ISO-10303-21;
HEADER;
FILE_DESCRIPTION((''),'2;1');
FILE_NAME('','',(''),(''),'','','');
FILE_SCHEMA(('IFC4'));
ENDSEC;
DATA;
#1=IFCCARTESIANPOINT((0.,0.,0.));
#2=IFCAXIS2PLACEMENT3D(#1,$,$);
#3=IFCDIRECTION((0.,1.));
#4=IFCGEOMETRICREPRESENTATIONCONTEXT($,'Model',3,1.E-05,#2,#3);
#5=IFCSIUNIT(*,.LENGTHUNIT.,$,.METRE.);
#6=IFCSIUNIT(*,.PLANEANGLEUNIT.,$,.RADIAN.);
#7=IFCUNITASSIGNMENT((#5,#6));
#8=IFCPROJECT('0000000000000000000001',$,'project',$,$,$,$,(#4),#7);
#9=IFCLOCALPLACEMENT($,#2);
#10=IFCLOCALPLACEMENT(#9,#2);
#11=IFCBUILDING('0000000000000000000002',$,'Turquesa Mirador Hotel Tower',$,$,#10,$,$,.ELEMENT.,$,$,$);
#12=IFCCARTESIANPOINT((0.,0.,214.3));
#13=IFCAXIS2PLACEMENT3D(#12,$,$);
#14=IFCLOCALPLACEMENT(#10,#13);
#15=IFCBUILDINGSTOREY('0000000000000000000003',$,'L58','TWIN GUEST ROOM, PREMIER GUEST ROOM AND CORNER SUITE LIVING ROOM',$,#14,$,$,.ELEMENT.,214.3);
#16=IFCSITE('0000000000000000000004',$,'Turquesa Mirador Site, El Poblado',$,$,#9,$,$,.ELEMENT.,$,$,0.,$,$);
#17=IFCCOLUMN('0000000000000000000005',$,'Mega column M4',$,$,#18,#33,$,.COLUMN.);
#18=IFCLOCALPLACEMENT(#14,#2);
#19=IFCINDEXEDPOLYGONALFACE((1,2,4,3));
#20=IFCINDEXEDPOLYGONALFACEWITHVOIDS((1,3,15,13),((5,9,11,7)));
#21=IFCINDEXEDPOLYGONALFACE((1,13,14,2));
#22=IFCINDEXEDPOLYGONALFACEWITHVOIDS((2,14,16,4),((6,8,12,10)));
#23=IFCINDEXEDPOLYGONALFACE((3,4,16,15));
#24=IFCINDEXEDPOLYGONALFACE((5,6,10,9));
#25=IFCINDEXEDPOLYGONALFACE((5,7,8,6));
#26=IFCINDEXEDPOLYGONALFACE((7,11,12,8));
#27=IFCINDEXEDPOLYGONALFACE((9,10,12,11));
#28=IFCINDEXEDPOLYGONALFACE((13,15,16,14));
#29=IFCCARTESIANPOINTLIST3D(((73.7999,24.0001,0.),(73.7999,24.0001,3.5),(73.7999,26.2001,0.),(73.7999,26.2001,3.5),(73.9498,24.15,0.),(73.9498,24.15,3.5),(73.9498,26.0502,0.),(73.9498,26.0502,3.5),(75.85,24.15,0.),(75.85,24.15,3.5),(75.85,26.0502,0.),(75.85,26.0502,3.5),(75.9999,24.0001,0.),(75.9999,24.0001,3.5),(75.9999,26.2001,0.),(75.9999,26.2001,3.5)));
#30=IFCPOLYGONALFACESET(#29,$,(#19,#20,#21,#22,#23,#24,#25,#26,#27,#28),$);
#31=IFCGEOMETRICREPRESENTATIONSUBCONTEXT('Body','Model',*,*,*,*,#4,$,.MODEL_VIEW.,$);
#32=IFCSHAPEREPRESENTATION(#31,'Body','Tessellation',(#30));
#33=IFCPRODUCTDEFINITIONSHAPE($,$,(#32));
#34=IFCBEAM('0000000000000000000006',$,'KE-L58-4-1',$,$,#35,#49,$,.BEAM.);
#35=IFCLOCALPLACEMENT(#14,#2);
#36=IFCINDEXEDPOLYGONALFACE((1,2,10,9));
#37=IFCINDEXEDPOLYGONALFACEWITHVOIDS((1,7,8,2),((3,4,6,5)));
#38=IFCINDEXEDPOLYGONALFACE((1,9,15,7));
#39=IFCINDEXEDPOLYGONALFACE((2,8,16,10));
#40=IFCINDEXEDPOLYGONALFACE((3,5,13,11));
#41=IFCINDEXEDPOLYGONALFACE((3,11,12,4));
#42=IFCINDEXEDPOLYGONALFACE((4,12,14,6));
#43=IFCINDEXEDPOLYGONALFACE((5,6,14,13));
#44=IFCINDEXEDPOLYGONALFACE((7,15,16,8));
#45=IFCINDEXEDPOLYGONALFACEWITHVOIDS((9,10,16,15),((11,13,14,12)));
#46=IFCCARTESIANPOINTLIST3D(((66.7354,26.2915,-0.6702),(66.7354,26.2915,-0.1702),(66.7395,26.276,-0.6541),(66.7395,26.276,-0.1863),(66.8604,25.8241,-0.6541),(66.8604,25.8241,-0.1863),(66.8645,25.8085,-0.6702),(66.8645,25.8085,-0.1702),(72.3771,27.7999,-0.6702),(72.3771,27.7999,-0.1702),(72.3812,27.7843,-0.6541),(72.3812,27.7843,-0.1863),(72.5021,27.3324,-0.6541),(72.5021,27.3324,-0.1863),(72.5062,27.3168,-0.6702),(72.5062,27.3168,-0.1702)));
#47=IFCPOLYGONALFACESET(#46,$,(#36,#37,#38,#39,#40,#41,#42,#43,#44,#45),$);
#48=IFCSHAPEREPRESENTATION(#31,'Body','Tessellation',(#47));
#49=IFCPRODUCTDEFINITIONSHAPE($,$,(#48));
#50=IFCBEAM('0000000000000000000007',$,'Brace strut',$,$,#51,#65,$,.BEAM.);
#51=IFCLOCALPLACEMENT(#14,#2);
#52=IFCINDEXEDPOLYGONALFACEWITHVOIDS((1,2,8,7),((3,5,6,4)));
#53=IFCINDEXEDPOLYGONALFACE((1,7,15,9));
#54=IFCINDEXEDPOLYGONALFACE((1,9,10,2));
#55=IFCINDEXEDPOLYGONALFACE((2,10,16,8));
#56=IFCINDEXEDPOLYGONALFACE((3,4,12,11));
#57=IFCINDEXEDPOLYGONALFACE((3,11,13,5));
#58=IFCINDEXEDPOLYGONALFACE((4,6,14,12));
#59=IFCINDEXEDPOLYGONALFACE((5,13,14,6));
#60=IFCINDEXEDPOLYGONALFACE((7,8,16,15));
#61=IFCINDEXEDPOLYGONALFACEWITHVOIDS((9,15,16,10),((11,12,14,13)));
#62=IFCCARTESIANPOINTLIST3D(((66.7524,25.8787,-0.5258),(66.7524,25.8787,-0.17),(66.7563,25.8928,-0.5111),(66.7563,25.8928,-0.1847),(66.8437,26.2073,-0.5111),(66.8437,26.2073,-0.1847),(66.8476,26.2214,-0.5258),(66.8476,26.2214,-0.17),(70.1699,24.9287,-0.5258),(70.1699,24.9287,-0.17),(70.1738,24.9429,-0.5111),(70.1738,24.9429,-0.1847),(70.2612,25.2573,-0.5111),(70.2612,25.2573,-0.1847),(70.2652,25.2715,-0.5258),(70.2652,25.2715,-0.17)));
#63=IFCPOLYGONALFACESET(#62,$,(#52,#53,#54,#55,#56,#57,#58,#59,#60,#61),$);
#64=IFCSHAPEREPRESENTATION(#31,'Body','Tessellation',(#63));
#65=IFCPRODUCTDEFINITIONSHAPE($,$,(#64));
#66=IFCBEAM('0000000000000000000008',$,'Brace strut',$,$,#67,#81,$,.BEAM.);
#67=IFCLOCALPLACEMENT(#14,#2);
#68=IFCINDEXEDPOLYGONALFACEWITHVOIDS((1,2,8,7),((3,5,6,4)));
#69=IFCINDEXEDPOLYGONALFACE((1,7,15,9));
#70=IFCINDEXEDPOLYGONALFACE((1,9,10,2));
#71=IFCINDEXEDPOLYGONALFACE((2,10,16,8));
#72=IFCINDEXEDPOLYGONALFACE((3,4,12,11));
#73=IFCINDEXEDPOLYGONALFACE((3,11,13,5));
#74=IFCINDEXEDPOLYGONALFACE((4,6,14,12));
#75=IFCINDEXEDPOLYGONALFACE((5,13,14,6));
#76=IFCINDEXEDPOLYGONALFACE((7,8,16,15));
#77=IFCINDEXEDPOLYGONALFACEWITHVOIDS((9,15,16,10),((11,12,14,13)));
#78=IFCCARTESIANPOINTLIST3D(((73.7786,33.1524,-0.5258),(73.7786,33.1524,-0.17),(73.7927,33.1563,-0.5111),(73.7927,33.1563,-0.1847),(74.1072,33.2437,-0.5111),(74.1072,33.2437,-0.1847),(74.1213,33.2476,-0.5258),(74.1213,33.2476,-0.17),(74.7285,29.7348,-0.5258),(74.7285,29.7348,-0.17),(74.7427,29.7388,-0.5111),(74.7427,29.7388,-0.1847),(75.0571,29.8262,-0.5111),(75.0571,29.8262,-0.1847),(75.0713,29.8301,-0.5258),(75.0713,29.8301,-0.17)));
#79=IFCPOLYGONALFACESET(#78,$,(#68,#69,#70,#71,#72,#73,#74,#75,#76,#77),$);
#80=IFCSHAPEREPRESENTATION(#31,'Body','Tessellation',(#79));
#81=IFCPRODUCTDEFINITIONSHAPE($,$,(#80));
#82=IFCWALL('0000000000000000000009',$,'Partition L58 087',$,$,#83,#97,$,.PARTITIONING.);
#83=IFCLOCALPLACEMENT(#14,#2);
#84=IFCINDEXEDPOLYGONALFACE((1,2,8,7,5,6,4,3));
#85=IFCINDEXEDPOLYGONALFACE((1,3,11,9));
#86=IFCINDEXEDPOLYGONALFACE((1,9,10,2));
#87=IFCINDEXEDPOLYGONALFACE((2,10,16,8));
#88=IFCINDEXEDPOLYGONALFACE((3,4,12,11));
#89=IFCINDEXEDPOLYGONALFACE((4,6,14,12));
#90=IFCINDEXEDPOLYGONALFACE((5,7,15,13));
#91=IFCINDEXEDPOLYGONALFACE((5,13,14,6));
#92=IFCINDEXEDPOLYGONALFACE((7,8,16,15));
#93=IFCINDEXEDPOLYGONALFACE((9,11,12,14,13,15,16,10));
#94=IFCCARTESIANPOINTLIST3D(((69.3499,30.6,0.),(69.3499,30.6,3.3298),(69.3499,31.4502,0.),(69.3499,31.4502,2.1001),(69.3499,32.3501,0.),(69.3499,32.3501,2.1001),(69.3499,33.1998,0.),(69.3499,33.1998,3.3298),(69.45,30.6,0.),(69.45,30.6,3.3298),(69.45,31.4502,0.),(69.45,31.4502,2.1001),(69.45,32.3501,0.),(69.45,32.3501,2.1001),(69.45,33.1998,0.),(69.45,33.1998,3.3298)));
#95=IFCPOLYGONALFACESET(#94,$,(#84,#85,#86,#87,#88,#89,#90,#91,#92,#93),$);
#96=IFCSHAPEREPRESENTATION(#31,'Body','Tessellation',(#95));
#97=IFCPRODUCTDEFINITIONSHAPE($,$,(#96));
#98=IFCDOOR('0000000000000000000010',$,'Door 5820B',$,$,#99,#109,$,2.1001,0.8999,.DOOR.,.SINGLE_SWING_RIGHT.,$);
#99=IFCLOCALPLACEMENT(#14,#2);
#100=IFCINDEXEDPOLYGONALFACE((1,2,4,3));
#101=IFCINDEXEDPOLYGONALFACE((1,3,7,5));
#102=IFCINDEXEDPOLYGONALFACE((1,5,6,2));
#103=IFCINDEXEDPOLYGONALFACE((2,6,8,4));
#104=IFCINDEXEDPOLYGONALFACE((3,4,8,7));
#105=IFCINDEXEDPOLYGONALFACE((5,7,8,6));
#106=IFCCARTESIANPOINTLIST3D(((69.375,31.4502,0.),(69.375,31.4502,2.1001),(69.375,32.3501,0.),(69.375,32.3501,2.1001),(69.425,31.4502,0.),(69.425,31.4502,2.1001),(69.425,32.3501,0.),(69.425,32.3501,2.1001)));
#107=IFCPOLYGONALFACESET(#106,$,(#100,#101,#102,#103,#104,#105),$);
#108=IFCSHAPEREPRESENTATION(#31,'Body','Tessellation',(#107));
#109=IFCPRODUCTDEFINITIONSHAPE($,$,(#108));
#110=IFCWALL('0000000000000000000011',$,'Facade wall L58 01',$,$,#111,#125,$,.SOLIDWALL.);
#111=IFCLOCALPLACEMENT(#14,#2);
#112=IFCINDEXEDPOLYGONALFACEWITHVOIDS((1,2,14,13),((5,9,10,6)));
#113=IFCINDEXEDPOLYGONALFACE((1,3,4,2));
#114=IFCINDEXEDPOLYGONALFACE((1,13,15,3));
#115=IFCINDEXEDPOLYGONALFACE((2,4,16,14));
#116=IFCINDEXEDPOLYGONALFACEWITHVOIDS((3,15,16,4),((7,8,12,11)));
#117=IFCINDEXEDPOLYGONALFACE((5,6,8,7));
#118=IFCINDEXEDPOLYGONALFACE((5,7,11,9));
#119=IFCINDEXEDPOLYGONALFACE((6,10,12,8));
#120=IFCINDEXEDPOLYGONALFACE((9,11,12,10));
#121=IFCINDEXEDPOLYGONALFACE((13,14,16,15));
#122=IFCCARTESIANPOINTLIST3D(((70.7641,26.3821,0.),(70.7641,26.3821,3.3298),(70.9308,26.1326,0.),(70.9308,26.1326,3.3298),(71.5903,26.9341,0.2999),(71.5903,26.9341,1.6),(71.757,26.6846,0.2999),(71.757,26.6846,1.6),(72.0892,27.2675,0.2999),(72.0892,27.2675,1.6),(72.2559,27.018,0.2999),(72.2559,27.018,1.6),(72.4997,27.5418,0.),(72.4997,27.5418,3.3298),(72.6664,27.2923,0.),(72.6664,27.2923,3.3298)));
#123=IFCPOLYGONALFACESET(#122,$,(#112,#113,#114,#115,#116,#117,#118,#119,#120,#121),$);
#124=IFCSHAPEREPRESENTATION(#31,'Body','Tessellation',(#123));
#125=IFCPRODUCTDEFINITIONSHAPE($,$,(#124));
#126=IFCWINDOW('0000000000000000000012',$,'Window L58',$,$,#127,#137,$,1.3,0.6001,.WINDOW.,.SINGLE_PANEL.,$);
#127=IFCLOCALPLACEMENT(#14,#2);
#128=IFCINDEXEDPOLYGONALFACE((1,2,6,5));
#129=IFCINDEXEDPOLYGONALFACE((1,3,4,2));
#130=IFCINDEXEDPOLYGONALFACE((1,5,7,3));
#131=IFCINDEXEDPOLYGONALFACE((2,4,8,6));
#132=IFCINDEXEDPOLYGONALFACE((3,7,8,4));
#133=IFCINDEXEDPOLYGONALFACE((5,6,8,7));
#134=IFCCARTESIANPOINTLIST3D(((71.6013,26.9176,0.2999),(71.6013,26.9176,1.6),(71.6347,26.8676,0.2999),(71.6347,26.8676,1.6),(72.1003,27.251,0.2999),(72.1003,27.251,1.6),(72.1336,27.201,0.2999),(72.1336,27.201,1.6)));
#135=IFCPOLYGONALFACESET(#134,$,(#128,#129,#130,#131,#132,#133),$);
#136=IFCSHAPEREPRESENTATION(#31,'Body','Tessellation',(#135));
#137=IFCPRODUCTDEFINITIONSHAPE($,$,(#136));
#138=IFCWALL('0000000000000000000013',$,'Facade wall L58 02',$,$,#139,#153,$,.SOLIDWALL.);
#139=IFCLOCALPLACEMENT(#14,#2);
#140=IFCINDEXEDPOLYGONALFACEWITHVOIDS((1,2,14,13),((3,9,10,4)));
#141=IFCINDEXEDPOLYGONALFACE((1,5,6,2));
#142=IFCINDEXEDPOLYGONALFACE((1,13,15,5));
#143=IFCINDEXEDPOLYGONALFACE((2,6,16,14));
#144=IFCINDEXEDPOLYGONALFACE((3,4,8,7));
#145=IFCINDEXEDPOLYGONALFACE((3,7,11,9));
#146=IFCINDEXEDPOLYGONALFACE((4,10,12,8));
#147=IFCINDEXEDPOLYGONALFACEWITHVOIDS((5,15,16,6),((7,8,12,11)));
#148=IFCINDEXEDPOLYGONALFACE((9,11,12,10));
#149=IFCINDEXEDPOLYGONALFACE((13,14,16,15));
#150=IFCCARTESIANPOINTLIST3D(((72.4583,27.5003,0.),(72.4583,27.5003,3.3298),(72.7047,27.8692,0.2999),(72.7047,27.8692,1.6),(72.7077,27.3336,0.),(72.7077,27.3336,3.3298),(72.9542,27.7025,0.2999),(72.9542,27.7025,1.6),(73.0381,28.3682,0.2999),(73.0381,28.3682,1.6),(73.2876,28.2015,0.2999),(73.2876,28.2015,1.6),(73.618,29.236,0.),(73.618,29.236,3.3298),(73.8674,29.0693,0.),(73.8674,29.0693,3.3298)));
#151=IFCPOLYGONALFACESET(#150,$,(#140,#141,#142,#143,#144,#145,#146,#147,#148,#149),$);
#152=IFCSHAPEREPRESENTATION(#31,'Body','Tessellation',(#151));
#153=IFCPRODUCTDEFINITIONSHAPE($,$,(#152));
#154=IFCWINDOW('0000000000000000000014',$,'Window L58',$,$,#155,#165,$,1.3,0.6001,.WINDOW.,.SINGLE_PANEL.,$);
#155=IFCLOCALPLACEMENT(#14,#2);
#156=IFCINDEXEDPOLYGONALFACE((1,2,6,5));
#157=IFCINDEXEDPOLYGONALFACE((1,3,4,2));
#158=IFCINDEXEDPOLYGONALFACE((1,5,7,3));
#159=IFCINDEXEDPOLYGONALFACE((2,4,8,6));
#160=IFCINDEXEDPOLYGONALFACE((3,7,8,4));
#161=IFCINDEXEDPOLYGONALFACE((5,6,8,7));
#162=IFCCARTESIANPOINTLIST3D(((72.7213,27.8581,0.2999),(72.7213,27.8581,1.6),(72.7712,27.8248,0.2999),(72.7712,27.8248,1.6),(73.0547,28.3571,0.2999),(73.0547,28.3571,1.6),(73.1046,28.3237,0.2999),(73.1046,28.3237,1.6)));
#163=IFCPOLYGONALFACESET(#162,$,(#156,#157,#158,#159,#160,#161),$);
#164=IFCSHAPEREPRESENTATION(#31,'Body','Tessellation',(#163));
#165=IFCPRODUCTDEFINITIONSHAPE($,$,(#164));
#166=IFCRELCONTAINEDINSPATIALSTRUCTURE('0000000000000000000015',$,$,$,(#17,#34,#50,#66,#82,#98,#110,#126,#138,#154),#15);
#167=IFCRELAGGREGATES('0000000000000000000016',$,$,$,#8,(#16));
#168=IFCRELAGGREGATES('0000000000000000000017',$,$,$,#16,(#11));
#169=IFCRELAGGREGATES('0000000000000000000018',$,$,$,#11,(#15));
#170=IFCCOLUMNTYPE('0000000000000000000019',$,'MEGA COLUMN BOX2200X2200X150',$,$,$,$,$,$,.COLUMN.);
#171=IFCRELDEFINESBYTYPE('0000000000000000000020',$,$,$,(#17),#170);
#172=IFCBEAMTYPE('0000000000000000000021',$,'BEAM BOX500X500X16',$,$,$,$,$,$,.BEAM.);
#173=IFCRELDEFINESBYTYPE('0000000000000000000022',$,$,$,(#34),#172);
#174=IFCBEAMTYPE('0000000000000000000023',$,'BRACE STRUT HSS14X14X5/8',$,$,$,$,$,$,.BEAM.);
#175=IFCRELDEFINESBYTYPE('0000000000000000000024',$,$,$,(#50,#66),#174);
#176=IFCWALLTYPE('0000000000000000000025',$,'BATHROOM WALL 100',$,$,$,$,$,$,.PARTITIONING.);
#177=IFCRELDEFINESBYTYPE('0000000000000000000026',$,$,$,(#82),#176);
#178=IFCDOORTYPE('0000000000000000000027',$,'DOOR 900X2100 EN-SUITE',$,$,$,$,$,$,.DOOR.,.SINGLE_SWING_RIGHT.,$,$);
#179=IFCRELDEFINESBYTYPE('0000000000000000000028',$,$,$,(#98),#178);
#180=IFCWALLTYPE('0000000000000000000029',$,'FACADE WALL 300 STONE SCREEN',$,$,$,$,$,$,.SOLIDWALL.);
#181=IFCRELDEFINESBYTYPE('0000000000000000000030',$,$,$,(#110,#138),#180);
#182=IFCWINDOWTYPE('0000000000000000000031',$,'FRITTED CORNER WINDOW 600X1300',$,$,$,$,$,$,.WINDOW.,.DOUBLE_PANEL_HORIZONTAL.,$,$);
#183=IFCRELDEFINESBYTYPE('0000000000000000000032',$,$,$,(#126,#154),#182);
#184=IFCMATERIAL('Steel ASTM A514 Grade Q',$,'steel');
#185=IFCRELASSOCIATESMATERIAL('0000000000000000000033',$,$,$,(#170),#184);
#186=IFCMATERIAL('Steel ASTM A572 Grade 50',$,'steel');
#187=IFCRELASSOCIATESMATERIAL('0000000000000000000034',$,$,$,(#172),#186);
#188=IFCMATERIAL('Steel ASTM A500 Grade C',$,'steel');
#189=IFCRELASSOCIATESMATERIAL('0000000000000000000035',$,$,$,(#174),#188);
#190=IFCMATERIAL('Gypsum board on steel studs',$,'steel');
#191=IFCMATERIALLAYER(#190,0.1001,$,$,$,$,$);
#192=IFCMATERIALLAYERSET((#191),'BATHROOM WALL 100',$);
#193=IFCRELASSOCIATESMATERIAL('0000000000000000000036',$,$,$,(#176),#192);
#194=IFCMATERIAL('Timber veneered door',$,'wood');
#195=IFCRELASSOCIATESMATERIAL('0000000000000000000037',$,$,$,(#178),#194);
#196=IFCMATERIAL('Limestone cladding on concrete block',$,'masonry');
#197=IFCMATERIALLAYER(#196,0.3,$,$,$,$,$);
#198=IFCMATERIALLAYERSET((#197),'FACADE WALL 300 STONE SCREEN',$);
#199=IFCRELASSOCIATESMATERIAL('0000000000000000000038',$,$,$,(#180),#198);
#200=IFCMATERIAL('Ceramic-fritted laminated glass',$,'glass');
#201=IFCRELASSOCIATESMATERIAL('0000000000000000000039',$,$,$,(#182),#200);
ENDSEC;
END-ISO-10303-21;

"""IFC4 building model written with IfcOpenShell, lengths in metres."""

from ifc_helpers import new_model, si_unit, direction, frame, frame_2d, origin, origin_2d, place, context, subcontext, project, spatial, rectangle, hollow_rectangle, extrude, material, layer, layer_set, material_profile, profile_set, type_object, element, fill, save


model = new_model("IFC4")

# Units and contexts
model_context = context("Model", 3, precision=1e-05, world=origin(), true_north=direction((0.0, 1.0)))
body_context = subcontext(model_context, "Body", "Model", "MODEL_VIEW")
ifc_project = project(units=[si_unit("LENGTHUNIT", "METRE"), si_unit("PLANEANGLEUNIT", "RADIAN")], contexts=[model_context])

# Site, building, storey
site_placement = place(None, origin())
site = spatial("IfcSite", under=ifc_project, at=site_placement, Name="Turquesa Mirador Site, El Poblado", CompositionType="ELEMENT", RefElevation=0.0)
building_placement = place(site_placement, origin())
building = spatial("IfcBuilding", under=site, at=building_placement, Name="Turquesa Mirador Hotel Tower", CompositionType="ELEMENT")
storey_placement = place(building_placement, frame((0.0, 0.0, 214.3)))
storey = spatial("IfcBuildingStorey", under=building, at=storey_placement, Name="L58", Description="TWIN GUEST ROOM, PREMIER GUEST ROOM AND CORNER SUITE LIVING ROOM", CompositionType="ELEMENT", Elevation=214.3)

# Column
ifc_material_1 = material(Name="Steel ASTM A514 Grade Q", Category="steel")
ifc_material_profile_1 = material_profile(ifc_material_1, hollow_rectangle(XDim=2.2, YDim=2.2, WallThickness=0.1499, at=origin_2d()), Name="BOX2200X2200X150")
ifc_profile_set_1 = profile_set([ifc_material_profile_1], Name="Steel ASTM A514 Grade Q")
column_type = type_object("IfcColumnType", Name="MEGA COLUMN BOX2200X2200X150", PredefinedType="COLUMN", material=ifc_profile_set_1)
column_placement = place(storey_placement, frame((74.8999, 25.1001, 0.0), z_axis=(0.0, 0.0, 1.0), x_axis=(1.0, 0.0, 0.0)))
element("IfcColumn", 1, at=column_placement, inside=storey, type_object=column_type, Name="Mega column M4", PredefinedType="COLUMN", context=body_context, shape_type="SweptSolid", body=[
    extrude(hollow_rectangle(XDim=2.2, YDim=2.2, WallThickness=0.1499, at=origin_2d()), origin(), (0.0, 0.0, 1.0), 3.5),
])

# Beams
ifc_material_2 = material(Name="Steel ASTM A572 Grade 50", Category="steel")
ifc_material_profile_2 = material_profile(ifc_material_2, hollow_rectangle(XDim=0.5, YDim=0.5, WallThickness=0.0161, at=origin_2d()), Name="BOX500X500X16")
ifc_profile_set_2 = profile_set([ifc_material_profile_2], Name="Steel ASTM A572 Grade 50")
beam_type_1 = type_object("IfcBeamType", Name="BEAM BOX500X500X16", PredefinedType="BEAM", material=ifc_profile_set_2)
beam_placement = place(storey_placement, frame((72.4417, 27.5583, -0.4202), z_axis=(-0.96607, -0.258282, 0.0), x_axis=(0.258282, -0.96607, 0.0)))
element("IfcBeam", 2, at=beam_placement, inside=storey, type_object=beam_type_1, Name="KE-L58-4-1", PredefinedType="BEAM", context=body_context, shape_type="SweptSolid", body=[
    extrude(hollow_rectangle(XDim=0.5, YDim=0.5, WallThickness=0.0161, at=origin_2d()), origin(), (0.0, 0.0, 1.0), 5.8398),
])
ifc_material_3 = material(Name="Steel ASTM A500 Grade C", Category="steel")
ifc_material_profile_3 = material_profile(ifc_material_3, hollow_rectangle(XDim=0.3557, YDim=0.3557, WallThickness=0.0146, at=origin_2d()), Name="HSS14X14X5/8")
ifc_profile_set_3 = profile_set([ifc_material_profile_3], Name="Steel ASTM A500 Grade C")
beam_type_2 = type_object("IfcBeamType", Name="BRACE STRUT HSS14X14X5/8", PredefinedType="BEAM", material=ifc_profile_set_3)
for number, where, z_axis, x_axis, name in (
    (3, (70.2175, 25.1001, -0.3479), (-0.963471, 0.267814, 0.0), (-0.267814, -0.963471, 0.0), "Brace strut"),
    (4, (74.8999, 29.7825, -0.3479), (-0.267814, 0.963471, 0.0), (-0.963471, -0.267814, 0.0), "Brace strut"),
):
    element("IfcBeam", number, at=place(storey_placement, frame(where, z_axis=z_axis, x_axis=x_axis)), inside=storey, type_object=beam_type_2, Name=name, PredefinedType="BEAM", context=body_context, shape_type="SweptSolid", body=[
        extrude(hollow_rectangle(XDim=0.3557, YDim=0.3557, WallThickness=0.0146, at=origin_2d()), origin(), (0.0, 0.0, 1.0), 3.5471),
    ])

# Wall, opening, door
ifc_material_4 = material(Name="Gypsum board on steel studs", Category="steel")
ifc_layer_1 = layer(ifc_material_4, 0.1001)
ifc_layer_set_1 = layer_set([ifc_layer_1], Name="BATHROOM WALL 100")
wall_type_1 = type_object("IfcWallType", Name="BATHROOM WALL 100", PredefinedType="PARTITIONING", material=ifc_layer_set_1)
wall_1_placement = place(storey_placement, frame((69.3999, 30.6001, 0.0), z_axis=(0.0, 0.0, 1.0), x_axis=(0.0, 1.0, 0.0)))
wall_1 = element("IfcWall", 5, at=wall_1_placement, inside=storey, type_object=wall_type_1, Name="Partition L58 087", PredefinedType="PARTITIONING", context=body_context, shape_type="SweptSolid", body=[
    extrude(rectangle(XDim=2.5999, YDim=0.1001, at=frame_2d((1.2998, 0.0))), origin(), (0.0, 0.0, 1.0), 3.3298),
])
opening_1_placement = place(wall_1_placement, frame((0.8501, 0.0, 0.0)))
opening_1 = element("IfcOpeningElement", 6, at=opening_1_placement, cuts=wall_1, PredefinedType="OPENING", context=body_context, shape_type="SweptSolid", body=[
    extrude(rectangle(XDim=0.8999, YDim=2.1001, at=frame_2d((0.45, 1.05))), frame((0.0, 0.0601, 0.0), z_axis=(0.0, -1.0, 0.0), x_axis=(1.0, 0.0, 0.0)), (0.0, 0.0, 1.0), 0.1201),
])
ifc_material_5 = material(Name="Timber veneered door", Category="wood")
door_type = type_object("IfcDoorType", Name="DOOR 900X2100 EN-SUITE", OperationType="SINGLE_SWING_RIGHT", PredefinedType="DOOR", material=ifc_material_5)
door_placement = place(opening_1_placement, origin())
door = element("IfcDoor", 7, at=door_placement, inside=storey, type_object=door_type, Name="Door 5820B", OperationType="SINGLE_SWING_RIGHT", OverallHeight=2.1001, OverallWidth=0.8999, PredefinedType="DOOR", context=body_context, shape_type="SweptSolid", body=[
    extrude(rectangle(XDim=0.8999, YDim=2.1001, at=frame_2d((0.45, 1.05))), frame((0.0, 0.0249, 0.0), z_axis=(0.0, -1.0, 0.0), x_axis=(1.0, 0.0, 0.0)), (0.0, 0.0, 1.0), 0.05),
])
fill(opening_1, door)

# Walls, openings, windows
ifc_material_6 = material(Name="Limestone cladding on concrete block", Category="masonry")
ifc_layer_2 = layer(ifc_material_6, 0.3)
ifc_layer_set_2 = layer_set([ifc_layer_2], Name="FACADE WALL 300 STONE SCREEN")
wall_type_2 = type_object("IfcWallType", Name="FACADE WALL 300 STONE SCREEN", PredefinedType="SOLIDWALL", material=ifc_layer_set_2)
wall_2_placement = place(storey_placement, frame((70.8474, 26.2573, 0.0), z_axis=(0.0, 0.0, 1.0), x_axis=(0.831474, 0.555564, 0.0)))
wall_2 = element("IfcWall", 8, at=wall_2_placement, inside=storey, type_object=wall_type_2, Name="Facade wall L58 01", PredefinedType="SOLIDWALL", context=body_context, shape_type="SweptSolid", body=[
    extrude(rectangle(XDim=2.0874, YDim=0.3, at=frame_2d((1.0437, 0.0))), origin(), (0.0, 0.0, 1.0), 3.3298),
])
opening_2_placement = place(wall_2_placement, frame((0.9937, 0.0, 0.3)))
opening_2 = element("IfcOpeningElement", 9, at=opening_2_placement, cuts=wall_2, PredefinedType="OPENING", context=body_context, shape_type="SweptSolid", body=[
    extrude(rectangle(XDim=0.6001, YDim=1.3, at=frame_2d((0.3, 0.6499))), frame((0.0, 0.1599, 0.0), z_axis=(0.0, -1.0, 0.0), x_axis=(1.0, 0.0, 0.0)), (0.0, 0.0, 1.0), 0.3201),
])
ifc_material_7 = material(Name="Ceramic-fritted laminated glass", Category="glass")
window_type_1 = type_object("IfcWindowType", Name="FRITTED CORNER WINDOW 600X1300", PartitioningType="DOUBLE_PANEL_HORIZONTAL", PredefinedType="WINDOW", material=ifc_material_7)
window_1_placement = place(opening_2_placement, origin())
window_1 = element("IfcWindow", 10, at=window_1_placement, inside=storey, type_object=window_type_1, Name="Window L58", OverallHeight=1.3, OverallWidth=0.6001, PartitioningType="SINGLE_PANEL", PredefinedType="WINDOW", context=body_context, shape_type="SweptSolid", body=[
    extrude(rectangle(XDim=0.6001, YDim=1.3, at=frame_2d((0.3, 0.6499))), frame((0.0, 0.1301, 0.0), z_axis=(0.0, -1.0, 0.0), x_axis=(1.0, 0.0, 0.0)), (0.0, 0.0, 1.0), 0.0601),
])
fill(opening_2, window_1)
wall_3_placement = place(storey_placement, frame((72.583, 27.417, 0.0), z_axis=(0.0, 0.0, 1.0), x_axis=(0.555564, 0.831474, 0.0)))
wall_3 = element("IfcWall", 11, at=wall_3_placement, inside=storey, type_object=wall_type_2, Name="Facade wall L58 02", PredefinedType="SOLIDWALL", context=body_context, shape_type="SweptSolid", body=[
    extrude(rectangle(XDim=2.0874, YDim=0.3, at=frame_2d((1.0437, 0.0))), origin(), (0.0, 0.0, 1.0), 3.3298),
])
opening_3_placement = place(wall_3_placement, frame((0.4436, 0.0, 0.3)))
opening_3 = element("IfcOpeningElement", 12, at=opening_3_placement, cuts=wall_3, PredefinedType="OPENING", context=body_context, shape_type="SweptSolid", body=[
    extrude(rectangle(XDim=0.6001, YDim=1.3, at=frame_2d((0.3, 0.6499))), frame((0.0, 0.1599, 0.0), z_axis=(0.0, -1.0, 0.0), x_axis=(1.0, 0.0, 0.0)), (0.0, 0.0, 1.0), 0.3201),
])
window_2_placement = place(opening_3_placement, origin())
window_2 = element("IfcWindow", 13, at=window_2_placement, inside=storey, type_object=window_type_1, Name="Window L58", OverallHeight=1.3, OverallWidth=0.6001, PartitioningType="SINGLE_PANEL", PredefinedType="WINDOW", context=body_context, shape_type="SweptSolid", body=[
    extrude(rectangle(XDim=0.6001, YDim=1.3, at=frame_2d((0.3, 0.6499))), frame((0.0, 0.1301, 0.0), z_axis=(0.0, -1.0, 0.0), x_axis=(1.0, 0.0, 0.0)), (0.0, 0.0, 1.0), 0.0601),
])
fill(opening_3, window_2)

save(model, "model.ifc")
